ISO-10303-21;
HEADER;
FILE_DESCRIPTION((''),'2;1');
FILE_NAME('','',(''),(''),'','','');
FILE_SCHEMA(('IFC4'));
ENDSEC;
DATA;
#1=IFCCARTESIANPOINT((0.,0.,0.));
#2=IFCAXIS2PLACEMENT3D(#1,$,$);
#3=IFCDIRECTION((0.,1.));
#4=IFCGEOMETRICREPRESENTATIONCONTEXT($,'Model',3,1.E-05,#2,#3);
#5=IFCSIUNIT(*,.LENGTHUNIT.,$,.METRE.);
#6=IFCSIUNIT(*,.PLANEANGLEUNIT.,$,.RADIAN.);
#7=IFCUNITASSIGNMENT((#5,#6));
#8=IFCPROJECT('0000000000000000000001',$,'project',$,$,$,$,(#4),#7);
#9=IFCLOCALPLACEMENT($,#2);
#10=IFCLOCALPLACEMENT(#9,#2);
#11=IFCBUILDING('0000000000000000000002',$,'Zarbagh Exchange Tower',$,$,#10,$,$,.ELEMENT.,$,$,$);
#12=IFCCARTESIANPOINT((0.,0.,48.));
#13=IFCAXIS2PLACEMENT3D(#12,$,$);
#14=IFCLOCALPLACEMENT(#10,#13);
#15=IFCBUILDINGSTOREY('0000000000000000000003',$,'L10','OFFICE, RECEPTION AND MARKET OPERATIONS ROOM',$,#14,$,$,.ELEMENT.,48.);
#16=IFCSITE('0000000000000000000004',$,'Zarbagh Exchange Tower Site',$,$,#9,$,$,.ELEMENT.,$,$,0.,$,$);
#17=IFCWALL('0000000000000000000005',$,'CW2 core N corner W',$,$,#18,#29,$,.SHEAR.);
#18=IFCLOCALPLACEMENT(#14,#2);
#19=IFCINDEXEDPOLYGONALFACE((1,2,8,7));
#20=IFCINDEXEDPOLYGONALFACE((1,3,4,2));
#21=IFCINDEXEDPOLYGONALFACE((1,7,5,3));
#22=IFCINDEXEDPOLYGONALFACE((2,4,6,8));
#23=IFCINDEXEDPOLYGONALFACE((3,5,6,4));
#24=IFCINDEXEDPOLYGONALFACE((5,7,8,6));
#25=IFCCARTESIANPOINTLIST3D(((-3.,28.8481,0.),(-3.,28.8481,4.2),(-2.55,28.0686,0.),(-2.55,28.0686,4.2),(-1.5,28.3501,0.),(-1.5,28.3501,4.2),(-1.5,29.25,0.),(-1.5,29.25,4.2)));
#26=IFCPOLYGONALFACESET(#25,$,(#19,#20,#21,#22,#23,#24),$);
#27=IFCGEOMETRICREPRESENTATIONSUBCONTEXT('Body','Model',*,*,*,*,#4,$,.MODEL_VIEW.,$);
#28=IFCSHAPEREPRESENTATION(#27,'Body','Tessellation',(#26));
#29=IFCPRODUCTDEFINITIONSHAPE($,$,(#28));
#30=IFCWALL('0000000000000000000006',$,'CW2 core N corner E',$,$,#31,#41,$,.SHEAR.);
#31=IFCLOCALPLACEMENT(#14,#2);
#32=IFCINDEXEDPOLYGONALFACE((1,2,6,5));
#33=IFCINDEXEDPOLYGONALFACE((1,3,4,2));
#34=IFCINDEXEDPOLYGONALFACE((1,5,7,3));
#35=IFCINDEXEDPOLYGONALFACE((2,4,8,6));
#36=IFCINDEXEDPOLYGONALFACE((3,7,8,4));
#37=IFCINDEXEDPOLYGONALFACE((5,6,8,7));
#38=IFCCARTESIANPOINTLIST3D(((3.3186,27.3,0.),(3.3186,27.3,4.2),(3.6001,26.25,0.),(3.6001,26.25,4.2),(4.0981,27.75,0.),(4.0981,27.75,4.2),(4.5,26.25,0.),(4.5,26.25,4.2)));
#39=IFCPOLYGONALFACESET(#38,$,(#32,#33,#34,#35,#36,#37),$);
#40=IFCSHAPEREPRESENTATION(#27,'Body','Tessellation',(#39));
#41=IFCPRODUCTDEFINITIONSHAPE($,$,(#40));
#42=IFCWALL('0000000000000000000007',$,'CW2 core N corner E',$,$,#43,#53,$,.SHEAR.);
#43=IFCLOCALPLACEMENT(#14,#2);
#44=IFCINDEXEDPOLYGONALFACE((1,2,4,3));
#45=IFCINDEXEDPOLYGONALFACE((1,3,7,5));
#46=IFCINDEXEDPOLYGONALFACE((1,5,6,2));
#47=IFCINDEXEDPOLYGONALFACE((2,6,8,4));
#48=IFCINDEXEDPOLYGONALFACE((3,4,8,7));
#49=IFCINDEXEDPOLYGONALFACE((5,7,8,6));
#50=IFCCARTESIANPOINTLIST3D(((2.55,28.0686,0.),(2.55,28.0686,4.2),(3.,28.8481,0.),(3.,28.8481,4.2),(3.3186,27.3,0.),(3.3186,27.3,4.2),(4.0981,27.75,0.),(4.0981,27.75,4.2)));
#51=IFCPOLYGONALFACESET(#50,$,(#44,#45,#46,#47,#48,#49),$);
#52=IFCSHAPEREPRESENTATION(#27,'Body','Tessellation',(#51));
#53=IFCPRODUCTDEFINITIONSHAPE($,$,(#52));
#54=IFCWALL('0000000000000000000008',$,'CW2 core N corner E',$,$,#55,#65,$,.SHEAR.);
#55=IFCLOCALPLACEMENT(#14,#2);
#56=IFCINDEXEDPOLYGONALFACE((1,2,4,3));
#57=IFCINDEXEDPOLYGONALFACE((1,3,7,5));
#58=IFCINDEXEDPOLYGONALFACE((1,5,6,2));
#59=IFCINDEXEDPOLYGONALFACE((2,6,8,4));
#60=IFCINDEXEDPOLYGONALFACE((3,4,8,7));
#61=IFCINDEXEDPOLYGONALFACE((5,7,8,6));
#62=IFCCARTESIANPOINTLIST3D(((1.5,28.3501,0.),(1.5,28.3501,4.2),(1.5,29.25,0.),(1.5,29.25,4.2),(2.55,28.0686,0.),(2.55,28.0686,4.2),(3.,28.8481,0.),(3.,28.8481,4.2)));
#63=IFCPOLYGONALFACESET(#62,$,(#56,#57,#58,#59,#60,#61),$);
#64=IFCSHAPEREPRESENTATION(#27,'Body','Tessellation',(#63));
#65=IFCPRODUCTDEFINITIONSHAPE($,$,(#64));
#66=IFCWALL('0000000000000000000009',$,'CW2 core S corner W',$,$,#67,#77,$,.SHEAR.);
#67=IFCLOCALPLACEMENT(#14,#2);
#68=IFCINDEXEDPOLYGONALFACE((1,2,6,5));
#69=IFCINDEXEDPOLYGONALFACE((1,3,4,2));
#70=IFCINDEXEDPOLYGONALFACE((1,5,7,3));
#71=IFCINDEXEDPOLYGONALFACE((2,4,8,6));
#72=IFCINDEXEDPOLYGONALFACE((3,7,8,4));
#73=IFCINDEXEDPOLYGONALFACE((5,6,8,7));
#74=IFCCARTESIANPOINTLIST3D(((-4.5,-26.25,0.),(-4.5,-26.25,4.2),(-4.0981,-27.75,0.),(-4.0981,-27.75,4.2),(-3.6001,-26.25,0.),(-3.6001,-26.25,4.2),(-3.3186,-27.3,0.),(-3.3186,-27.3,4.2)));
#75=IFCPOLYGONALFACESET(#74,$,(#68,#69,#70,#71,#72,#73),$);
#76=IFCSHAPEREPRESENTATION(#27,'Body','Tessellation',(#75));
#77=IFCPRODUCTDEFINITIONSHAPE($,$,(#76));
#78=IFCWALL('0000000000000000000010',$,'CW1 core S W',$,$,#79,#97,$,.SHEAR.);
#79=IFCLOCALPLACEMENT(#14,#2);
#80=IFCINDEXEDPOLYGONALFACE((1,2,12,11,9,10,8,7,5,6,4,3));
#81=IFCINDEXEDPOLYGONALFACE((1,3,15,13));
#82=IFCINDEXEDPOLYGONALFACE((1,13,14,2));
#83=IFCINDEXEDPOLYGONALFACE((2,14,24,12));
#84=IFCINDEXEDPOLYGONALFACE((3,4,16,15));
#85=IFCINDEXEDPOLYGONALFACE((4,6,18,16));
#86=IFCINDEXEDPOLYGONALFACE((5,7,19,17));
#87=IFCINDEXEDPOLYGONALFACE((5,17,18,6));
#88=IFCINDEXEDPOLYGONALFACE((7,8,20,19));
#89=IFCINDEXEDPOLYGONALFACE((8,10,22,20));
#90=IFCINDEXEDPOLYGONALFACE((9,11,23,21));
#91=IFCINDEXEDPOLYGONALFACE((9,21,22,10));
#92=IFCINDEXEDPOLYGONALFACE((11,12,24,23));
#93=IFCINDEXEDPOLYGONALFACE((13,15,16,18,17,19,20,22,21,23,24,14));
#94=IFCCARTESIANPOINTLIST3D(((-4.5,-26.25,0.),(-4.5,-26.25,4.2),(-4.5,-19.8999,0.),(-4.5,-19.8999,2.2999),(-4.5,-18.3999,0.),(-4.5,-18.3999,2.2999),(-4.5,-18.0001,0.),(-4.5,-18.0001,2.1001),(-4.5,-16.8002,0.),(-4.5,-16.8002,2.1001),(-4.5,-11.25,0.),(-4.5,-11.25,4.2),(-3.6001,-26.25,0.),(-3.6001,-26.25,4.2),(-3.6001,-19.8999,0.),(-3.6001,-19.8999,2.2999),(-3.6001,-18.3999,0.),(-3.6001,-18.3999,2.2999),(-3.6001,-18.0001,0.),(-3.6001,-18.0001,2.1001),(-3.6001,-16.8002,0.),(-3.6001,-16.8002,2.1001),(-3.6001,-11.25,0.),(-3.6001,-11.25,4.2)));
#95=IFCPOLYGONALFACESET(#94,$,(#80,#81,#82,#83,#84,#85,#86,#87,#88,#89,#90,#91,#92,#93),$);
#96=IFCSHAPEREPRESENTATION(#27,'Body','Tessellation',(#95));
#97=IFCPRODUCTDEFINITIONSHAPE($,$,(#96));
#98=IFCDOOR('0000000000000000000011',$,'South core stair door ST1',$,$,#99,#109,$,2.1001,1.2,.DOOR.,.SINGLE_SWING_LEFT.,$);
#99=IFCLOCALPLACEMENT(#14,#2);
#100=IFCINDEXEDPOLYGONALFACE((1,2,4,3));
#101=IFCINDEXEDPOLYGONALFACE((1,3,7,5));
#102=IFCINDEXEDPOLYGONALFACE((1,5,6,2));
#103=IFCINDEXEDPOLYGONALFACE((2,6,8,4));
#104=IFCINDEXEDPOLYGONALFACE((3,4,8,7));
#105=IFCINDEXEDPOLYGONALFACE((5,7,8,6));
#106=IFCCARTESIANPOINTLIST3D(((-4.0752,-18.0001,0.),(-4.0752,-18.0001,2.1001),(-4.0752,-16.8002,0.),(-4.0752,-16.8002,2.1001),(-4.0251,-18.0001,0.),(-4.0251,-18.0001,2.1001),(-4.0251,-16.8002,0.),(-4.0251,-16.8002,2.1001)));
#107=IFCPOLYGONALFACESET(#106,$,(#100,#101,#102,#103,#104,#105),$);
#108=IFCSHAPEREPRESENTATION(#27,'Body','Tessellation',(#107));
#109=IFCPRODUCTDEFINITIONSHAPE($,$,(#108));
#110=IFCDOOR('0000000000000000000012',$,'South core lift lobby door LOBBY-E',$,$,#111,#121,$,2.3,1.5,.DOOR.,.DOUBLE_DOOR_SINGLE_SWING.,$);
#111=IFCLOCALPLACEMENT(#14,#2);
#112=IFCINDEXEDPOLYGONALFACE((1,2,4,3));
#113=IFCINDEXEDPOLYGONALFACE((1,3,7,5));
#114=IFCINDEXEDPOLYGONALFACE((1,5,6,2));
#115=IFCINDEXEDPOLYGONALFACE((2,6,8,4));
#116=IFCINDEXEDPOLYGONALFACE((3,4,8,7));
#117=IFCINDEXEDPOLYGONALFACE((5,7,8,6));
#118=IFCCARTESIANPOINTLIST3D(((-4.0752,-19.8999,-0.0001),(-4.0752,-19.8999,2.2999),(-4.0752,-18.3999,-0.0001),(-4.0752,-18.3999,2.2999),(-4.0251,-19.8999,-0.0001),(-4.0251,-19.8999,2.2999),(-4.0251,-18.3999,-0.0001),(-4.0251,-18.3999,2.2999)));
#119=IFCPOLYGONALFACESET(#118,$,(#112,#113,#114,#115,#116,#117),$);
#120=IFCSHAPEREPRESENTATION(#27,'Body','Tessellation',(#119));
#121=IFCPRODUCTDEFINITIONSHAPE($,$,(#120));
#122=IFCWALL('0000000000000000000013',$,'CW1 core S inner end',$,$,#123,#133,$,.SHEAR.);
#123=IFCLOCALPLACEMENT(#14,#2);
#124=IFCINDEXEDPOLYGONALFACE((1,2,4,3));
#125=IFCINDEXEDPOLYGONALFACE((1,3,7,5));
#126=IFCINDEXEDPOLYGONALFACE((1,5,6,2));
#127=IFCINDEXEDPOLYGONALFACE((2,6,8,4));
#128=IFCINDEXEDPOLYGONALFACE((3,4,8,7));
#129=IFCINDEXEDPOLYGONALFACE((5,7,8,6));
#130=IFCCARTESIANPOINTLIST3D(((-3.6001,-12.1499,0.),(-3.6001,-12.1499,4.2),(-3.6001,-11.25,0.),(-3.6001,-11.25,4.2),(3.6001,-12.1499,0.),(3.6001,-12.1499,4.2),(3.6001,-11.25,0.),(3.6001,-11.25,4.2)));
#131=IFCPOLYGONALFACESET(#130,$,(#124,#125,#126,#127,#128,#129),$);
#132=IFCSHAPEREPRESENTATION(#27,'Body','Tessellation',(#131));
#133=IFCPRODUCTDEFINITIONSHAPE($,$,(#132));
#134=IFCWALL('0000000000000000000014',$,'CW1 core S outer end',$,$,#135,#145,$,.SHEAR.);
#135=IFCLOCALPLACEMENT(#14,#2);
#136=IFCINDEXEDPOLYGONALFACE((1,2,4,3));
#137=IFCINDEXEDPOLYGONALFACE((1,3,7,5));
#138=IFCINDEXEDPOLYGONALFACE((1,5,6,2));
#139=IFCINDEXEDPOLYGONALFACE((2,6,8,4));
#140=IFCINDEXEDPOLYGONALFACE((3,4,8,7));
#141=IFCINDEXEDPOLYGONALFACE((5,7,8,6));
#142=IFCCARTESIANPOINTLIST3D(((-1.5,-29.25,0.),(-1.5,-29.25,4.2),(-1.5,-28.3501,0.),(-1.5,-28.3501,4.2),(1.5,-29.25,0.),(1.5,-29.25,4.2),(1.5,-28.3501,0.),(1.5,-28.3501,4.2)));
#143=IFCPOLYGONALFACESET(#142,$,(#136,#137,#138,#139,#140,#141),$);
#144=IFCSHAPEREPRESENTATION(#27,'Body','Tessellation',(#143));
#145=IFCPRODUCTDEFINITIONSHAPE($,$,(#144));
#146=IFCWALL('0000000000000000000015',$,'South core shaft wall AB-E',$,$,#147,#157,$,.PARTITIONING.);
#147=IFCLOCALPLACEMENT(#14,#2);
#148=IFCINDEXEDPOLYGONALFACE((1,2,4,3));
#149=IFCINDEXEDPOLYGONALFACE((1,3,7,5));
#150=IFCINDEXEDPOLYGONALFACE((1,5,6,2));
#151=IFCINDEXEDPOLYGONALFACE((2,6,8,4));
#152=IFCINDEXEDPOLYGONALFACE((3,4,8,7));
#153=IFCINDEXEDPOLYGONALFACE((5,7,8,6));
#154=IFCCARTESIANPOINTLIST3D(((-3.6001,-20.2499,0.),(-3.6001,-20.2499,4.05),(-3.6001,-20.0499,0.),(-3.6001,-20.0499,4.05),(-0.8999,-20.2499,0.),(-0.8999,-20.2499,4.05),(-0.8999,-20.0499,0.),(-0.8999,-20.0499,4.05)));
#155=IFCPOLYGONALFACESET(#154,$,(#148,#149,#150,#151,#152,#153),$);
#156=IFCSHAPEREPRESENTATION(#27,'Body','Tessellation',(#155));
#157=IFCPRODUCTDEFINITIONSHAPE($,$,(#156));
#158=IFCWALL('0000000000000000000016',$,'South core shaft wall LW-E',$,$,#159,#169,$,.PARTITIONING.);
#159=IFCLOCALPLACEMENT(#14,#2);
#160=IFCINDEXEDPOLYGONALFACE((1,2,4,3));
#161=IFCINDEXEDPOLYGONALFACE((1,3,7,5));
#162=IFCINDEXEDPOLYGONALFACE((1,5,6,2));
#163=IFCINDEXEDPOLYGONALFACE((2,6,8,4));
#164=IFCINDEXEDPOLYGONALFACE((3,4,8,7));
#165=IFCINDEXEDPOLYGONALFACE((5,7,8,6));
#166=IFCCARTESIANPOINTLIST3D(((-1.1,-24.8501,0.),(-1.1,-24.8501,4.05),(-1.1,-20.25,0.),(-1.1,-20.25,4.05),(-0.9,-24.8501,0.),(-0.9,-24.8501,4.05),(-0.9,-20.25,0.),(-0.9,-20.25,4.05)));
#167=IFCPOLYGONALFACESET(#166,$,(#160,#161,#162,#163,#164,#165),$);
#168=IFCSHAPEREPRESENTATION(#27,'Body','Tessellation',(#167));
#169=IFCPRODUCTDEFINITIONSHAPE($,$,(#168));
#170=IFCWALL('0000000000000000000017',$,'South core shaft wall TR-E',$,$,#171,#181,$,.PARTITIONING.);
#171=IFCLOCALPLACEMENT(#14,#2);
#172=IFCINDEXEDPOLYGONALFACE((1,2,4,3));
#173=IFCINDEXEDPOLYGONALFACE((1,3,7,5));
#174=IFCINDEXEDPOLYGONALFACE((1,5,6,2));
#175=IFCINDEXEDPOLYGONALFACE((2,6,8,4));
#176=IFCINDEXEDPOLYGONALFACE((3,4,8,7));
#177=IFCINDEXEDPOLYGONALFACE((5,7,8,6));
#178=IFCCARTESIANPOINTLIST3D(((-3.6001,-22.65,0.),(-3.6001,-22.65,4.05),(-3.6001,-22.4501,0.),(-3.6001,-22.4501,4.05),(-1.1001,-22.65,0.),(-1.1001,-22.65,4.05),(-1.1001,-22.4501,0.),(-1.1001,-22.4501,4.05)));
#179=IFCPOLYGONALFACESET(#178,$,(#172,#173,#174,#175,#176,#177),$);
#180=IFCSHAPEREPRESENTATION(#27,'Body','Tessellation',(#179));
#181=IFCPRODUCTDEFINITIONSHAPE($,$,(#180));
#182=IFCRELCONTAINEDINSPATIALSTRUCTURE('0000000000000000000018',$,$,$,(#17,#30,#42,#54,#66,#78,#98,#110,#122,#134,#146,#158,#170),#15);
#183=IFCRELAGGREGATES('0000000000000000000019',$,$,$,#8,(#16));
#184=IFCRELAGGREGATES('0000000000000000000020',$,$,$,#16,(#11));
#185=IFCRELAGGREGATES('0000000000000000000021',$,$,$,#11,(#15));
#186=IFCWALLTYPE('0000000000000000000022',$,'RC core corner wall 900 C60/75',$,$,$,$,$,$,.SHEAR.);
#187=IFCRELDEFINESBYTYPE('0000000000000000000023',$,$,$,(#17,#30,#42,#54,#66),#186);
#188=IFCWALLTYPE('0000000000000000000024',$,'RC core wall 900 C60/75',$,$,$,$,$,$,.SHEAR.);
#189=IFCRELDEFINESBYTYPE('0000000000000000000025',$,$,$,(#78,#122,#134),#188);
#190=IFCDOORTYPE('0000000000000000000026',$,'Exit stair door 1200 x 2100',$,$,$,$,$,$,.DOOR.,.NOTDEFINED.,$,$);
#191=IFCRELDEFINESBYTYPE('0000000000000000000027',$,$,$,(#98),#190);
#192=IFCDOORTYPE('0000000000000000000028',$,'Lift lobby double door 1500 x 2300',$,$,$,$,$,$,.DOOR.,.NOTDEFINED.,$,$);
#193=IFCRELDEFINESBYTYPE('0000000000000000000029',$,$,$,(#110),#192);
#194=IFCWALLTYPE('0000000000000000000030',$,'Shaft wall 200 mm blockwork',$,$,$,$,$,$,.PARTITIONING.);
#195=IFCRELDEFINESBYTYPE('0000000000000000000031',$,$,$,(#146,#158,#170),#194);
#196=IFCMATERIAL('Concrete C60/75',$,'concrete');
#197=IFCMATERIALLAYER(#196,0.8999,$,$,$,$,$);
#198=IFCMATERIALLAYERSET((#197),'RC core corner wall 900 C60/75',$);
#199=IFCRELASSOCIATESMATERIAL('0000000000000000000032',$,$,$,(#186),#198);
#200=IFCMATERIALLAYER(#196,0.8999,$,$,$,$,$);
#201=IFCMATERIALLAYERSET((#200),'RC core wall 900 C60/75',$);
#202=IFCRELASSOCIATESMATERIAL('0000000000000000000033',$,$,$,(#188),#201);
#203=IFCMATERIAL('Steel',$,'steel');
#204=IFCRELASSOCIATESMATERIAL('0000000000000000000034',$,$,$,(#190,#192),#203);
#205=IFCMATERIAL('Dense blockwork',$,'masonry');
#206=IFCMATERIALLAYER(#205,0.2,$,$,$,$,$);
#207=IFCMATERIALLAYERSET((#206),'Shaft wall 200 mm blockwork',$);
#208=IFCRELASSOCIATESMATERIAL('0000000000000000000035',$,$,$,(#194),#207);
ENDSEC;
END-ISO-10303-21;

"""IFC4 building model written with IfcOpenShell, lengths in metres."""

from ifc_helpers import new_model, si_unit, direction, frame, frame_2d, origin, place, context, subcontext, project, spatial, polyline, rectangle, outline, extrude, material, layer, layer_set, type_object, element, fill, save


model = new_model("IFC4")

# Units and contexts
model_context = context("Model", 3, precision=1e-05, world=origin(), true_north=direction((0.0, 1.0)))
body_context = subcontext(model_context, "Body", "Model", "MODEL_VIEW")
ifc_project = project(units=[si_unit("LENGTHUNIT", "METRE"), si_unit("PLANEANGLEUNIT", "RADIAN")], contexts=[model_context])

# Site, building, storey
site_placement = place(None, origin())
site = spatial("IfcSite", under=ifc_project, at=site_placement, Name="Zarbagh Exchange Tower Site", CompositionType="ELEMENT", RefElevation=0.0)
building_placement = place(site_placement, origin())
building = spatial("IfcBuilding", under=site, at=building_placement, Name="Zarbagh Exchange Tower", CompositionType="ELEMENT")
storey_placement = place(building_placement, frame((0.0, 0.0, 48.0)))
storey = spatial("IfcBuildingStorey", under=building, at=storey_placement, Name="L10", Description="OFFICE, RECEPTION AND MARKET OPERATIONS ROOM", CompositionType="ELEMENT", Elevation=48.0)

# Shared definitions
ifc_material_1 = material(Name="Concrete C60/75", Category="concrete")

# Walls
ifc_layer_1 = layer(ifc_material_1, 0.8999)
ifc_layer_set_1 = layer_set([ifc_layer_1], Name="RC core corner wall 900 C60/75")
wall_type_1 = type_object("IfcWallType", Name="RC core corner wall 900 C60/75", PredefinedType="SHEAR", material=ifc_layer_set_1)
wall_1_placement = place(storey_placement, origin())
element("IfcWall", 1, at=wall_1_placement, inside=storey, type_object=wall_type_1, Name="CW2 core N corner W", PredefinedType="SHEAR", context=body_context, shape_type="SweptSolid", body=[
    extrude(outline(polyline([(-3.0, 28.8481), (-1.5, 29.25), (-1.5, 28.3501), (-2.55, 28.0686), (-3.0, 28.8481)])), origin(), (0.0, 0.0, 1.0), 4.2),
])
wall_2_placement = place(storey_placement, origin())
element("IfcWall", 2, at=wall_2_placement, inside=storey, type_object=wall_type_1, Name="CW2 core N corner E", PredefinedType="SHEAR", context=body_context, shape_type="SweptSolid", body=[
    extrude(outline(polyline([(4.5, 26.25), (4.0981, 27.75), (3.3186, 27.3), (3.6001, 26.25), (4.5, 26.25)])), origin(), (0.0, 0.0, 1.0), 4.2),
])
wall_3_placement = place(storey_placement, origin())
element("IfcWall", 3, at=wall_3_placement, inside=storey, type_object=wall_type_1, Name="CW2 core N corner E", PredefinedType="SHEAR", context=body_context, shape_type="SweptSolid", body=[
    extrude(outline(polyline([(4.0981, 27.75), (3.0, 28.8481), (2.55, 28.0686), (3.3186, 27.3), (4.0981, 27.75)])), origin(), (0.0, 0.0, 1.0), 4.2),
])
wall_4_placement = place(storey_placement, origin())
element("IfcWall", 4, at=wall_4_placement, inside=storey, type_object=wall_type_1, Name="CW2 core N corner E", PredefinedType="SHEAR", context=body_context, shape_type="SweptSolid", body=[
    extrude(outline(polyline([(3.0, 28.8481), (1.5, 29.25), (1.5, 28.3501), (2.55, 28.0686), (3.0, 28.8481)])), origin(), (0.0, 0.0, 1.0), 4.2),
])
wall_5_placement = place(storey_placement, origin())
element("IfcWall", 5, at=wall_5_placement, inside=storey, type_object=wall_type_1, Name="CW2 core S corner W", PredefinedType="SHEAR", context=body_context, shape_type="SweptSolid", body=[
    extrude(outline(polyline([(-4.5, -26.25), (-4.0981, -27.75), (-3.3186, -27.3), (-3.6001, -26.25), (-4.5, -26.25)])), origin(), (0.0, 0.0, 1.0), 4.2),
])

# Wall, openings, doors
ifc_layer_2 = layer(ifc_material_1, 0.8999)
ifc_layer_set_2 = layer_set([ifc_layer_2], Name="RC core wall 900 C60/75")
wall_type_2 = type_object("IfcWallType", Name="RC core wall 900 C60/75", PredefinedType="SHEAR", material=ifc_layer_set_2)
wall_6_placement = place(storey_placement, frame((-4.05, -11.25, 0.0), z_axis=(0.0, 0.0, 1.0), x_axis=(0.0, -1.0, 0.0)))
wall_6 = element("IfcWall", 6, at=wall_6_placement, inside=storey, type_object=wall_type_2, Name="CW1 core S W", PredefinedType="SHEAR", context=body_context, shape_type="SweptSolid", body=[
    extrude(rectangle(XDim=15.0, YDim=0.8999, at=frame_2d((7.5, 0.0))), origin(), (0.0, 0.0, 1.0), 4.2),
])
opening_1_placement = place(wall_6_placement, frame((7.1499, 0.0, 0.0)))
opening_1 = element("IfcOpeningElement", 7, at=opening_1_placement, cuts=wall_6, PredefinedType="OPENING", context=body_context, shape_type="SweptSolid", body=[
    extrude(rectangle(XDim=1.5, YDim=2.3, at=frame_2d((0.75, 1.1499))), frame((0.0, 0.46, 0.0), z_axis=(0.0, -1.0, 0.0), x_axis=(1.0, 0.0, 0.0)), (0.0, 0.0, 1.0), 0.9199),
])
opening_2_placement = place(wall_6_placement, frame((5.55, 0.0, 0.0)))
opening_2 = element("IfcOpeningElement", 8, at=opening_2_placement, cuts=wall_6, PredefinedType="OPENING", context=body_context, shape_type="SweptSolid", body=[
    extrude(rectangle(XDim=1.2, YDim=2.1001, at=frame_2d((0.6001, 1.05))), frame((0.0, 0.46, 0.0), z_axis=(0.0, -1.0, 0.0), x_axis=(1.0, 0.0, 0.0)), (0.0, 0.0, 1.0), 0.9199),
])
ifc_material_2 = material(Name="Steel", Category="steel")
door_type_1 = type_object("IfcDoorType", Name="Exit stair door 1200 x 2100", OperationType="NOTDEFINED", PredefinedType="DOOR", material=ifc_material_2)
door_1_placement = place(opening_2_placement, origin())
door_1 = element("IfcDoor", 9, at=door_1_placement, inside=storey, type_object=door_type_1, Name="South core stair door ST1", OperationType="SINGLE_SWING_LEFT", OverallHeight=2.1001, OverallWidth=1.2, PredefinedType="DOOR", context=body_context, shape_type="SweptSolid", body=[
    extrude(rectangle(XDim=1.2, YDim=2.1001, at=frame_2d((0.6001, 1.05))), frame((0.0, 0.0249, 0.0), z_axis=(0.0, -1.0, 0.0), x_axis=(1.0, 0.0, 0.0)), (0.0, 0.0, 1.0), 0.05),
])
fill(opening_2, door_1)
door_type_2 = type_object("IfcDoorType", Name="Lift lobby double door 1500 x 2300", OperationType="NOTDEFINED", PredefinedType="DOOR", material=ifc_material_2)
door_2_placement = place(opening_1_placement, origin())
door_2 = element("IfcDoor", 10, at=door_2_placement, inside=storey, type_object=door_type_2, Name="South core lift lobby door LOBBY-E", OperationType="DOUBLE_DOOR_SINGLE_SWING", OverallHeight=2.3, OverallWidth=1.5, PredefinedType="DOOR", context=body_context, shape_type="SweptSolid", body=[
    extrude(rectangle(XDim=1.5, YDim=2.3, at=frame_2d((0.75, 1.1499))), frame((0.0, 0.0249, 0.0), z_axis=(0.0, -1.0, 0.0), x_axis=(1.0, 0.0, 0.0)), (0.0, 0.0, 1.0), 0.05),
])
fill(opening_1, door_2)

# Walls
wall_7_placement = place(storey_placement, frame((-3.6001, -11.7, 0.0), z_axis=(0.0, 0.0, 1.0), x_axis=(1.0, 0.0, 0.0)))
element("IfcWall", 11, at=wall_7_placement, inside=storey, type_object=wall_type_2, Name="CW1 core S inner end", PredefinedType="SHEAR", context=body_context, shape_type="SweptSolid", body=[
    extrude(rectangle(XDim=7.2002, YDim=0.8999, at=frame_2d((3.6001, 0.0))), origin(), (0.0, 0.0, 1.0), 4.2),
])
wall_8_placement = place(storey_placement, frame((-1.5, -28.8, 0.0), z_axis=(0.0, 0.0, 1.0), x_axis=(1.0, 0.0, 0.0)))
element("IfcWall", 12, at=wall_8_placement, inside=storey, type_object=wall_type_2, Name="CW1 core S outer end", PredefinedType="SHEAR", context=body_context, shape_type="SweptSolid", body=[
    extrude(rectangle(XDim=3.0, YDim=0.8999, at=frame_2d((1.5, 0.0))), origin(), (0.0, 0.0, 1.0), 4.2),
])
ifc_material_3 = material(Name="Dense blockwork", Category="masonry")
ifc_layer_3 = layer(ifc_material_3, 0.2)
ifc_layer_set_3 = layer_set([ifc_layer_3], Name="Shaft wall 200 mm blockwork")
wall_type_3 = type_object("IfcWallType", Name="Shaft wall 200 mm blockwork", PredefinedType="PARTITIONING", material=ifc_layer_set_3)
wall_9_placement = place(storey_placement, frame((-0.8999, -20.1499, 0.0), z_axis=(0.0, 0.0, 1.0), x_axis=(-1.0, 0.0, 0.0)))
element("IfcWall", 13, at=wall_9_placement, inside=storey, type_object=wall_type_3, Name="South core shaft wall AB-E", PredefinedType="PARTITIONING", context=body_context, shape_type="SweptSolid", body=[
    extrude(rectangle(XDim=2.7002, YDim=0.2, at=frame_2d((1.3501, 0.0))), origin(), (0.0, 0.0, 1.0), 4.05),
])
wall_10_placement = place(storey_placement, frame((-1.0, -24.8501, 0.0), z_axis=(0.0, 0.0, 1.0), x_axis=(0.0, 1.0, 0.0)))
element("IfcWall", 14, at=wall_10_placement, inside=storey, type_object=wall_type_3, Name="South core shaft wall LW-E", PredefinedType="PARTITIONING", context=body_context, shape_type="SweptSolid", body=[
    extrude(rectangle(XDim=4.6001, YDim=0.2, at=frame_2d((2.3, 0.0))), origin(), (0.0, 0.0, 1.0), 4.05),
])
wall_11_placement = place(storey_placement, frame((-1.1001, -22.55, 0.0), z_axis=(0.0, 0.0, 1.0), x_axis=(-1.0, 0.0, 0.0)))
element("IfcWall", 15, at=wall_11_placement, inside=storey, type_object=wall_type_3, Name="South core shaft wall TR-E", PredefinedType="PARTITIONING", context=body_context, shape_type="SweptSolid", body=[
    extrude(rectangle(XDim=2.5, YDim=0.2, at=frame_2d((1.25, 0.0))), origin(), (0.0, 0.0, 1.0), 4.05),
])

save(model, "model.ifc")
